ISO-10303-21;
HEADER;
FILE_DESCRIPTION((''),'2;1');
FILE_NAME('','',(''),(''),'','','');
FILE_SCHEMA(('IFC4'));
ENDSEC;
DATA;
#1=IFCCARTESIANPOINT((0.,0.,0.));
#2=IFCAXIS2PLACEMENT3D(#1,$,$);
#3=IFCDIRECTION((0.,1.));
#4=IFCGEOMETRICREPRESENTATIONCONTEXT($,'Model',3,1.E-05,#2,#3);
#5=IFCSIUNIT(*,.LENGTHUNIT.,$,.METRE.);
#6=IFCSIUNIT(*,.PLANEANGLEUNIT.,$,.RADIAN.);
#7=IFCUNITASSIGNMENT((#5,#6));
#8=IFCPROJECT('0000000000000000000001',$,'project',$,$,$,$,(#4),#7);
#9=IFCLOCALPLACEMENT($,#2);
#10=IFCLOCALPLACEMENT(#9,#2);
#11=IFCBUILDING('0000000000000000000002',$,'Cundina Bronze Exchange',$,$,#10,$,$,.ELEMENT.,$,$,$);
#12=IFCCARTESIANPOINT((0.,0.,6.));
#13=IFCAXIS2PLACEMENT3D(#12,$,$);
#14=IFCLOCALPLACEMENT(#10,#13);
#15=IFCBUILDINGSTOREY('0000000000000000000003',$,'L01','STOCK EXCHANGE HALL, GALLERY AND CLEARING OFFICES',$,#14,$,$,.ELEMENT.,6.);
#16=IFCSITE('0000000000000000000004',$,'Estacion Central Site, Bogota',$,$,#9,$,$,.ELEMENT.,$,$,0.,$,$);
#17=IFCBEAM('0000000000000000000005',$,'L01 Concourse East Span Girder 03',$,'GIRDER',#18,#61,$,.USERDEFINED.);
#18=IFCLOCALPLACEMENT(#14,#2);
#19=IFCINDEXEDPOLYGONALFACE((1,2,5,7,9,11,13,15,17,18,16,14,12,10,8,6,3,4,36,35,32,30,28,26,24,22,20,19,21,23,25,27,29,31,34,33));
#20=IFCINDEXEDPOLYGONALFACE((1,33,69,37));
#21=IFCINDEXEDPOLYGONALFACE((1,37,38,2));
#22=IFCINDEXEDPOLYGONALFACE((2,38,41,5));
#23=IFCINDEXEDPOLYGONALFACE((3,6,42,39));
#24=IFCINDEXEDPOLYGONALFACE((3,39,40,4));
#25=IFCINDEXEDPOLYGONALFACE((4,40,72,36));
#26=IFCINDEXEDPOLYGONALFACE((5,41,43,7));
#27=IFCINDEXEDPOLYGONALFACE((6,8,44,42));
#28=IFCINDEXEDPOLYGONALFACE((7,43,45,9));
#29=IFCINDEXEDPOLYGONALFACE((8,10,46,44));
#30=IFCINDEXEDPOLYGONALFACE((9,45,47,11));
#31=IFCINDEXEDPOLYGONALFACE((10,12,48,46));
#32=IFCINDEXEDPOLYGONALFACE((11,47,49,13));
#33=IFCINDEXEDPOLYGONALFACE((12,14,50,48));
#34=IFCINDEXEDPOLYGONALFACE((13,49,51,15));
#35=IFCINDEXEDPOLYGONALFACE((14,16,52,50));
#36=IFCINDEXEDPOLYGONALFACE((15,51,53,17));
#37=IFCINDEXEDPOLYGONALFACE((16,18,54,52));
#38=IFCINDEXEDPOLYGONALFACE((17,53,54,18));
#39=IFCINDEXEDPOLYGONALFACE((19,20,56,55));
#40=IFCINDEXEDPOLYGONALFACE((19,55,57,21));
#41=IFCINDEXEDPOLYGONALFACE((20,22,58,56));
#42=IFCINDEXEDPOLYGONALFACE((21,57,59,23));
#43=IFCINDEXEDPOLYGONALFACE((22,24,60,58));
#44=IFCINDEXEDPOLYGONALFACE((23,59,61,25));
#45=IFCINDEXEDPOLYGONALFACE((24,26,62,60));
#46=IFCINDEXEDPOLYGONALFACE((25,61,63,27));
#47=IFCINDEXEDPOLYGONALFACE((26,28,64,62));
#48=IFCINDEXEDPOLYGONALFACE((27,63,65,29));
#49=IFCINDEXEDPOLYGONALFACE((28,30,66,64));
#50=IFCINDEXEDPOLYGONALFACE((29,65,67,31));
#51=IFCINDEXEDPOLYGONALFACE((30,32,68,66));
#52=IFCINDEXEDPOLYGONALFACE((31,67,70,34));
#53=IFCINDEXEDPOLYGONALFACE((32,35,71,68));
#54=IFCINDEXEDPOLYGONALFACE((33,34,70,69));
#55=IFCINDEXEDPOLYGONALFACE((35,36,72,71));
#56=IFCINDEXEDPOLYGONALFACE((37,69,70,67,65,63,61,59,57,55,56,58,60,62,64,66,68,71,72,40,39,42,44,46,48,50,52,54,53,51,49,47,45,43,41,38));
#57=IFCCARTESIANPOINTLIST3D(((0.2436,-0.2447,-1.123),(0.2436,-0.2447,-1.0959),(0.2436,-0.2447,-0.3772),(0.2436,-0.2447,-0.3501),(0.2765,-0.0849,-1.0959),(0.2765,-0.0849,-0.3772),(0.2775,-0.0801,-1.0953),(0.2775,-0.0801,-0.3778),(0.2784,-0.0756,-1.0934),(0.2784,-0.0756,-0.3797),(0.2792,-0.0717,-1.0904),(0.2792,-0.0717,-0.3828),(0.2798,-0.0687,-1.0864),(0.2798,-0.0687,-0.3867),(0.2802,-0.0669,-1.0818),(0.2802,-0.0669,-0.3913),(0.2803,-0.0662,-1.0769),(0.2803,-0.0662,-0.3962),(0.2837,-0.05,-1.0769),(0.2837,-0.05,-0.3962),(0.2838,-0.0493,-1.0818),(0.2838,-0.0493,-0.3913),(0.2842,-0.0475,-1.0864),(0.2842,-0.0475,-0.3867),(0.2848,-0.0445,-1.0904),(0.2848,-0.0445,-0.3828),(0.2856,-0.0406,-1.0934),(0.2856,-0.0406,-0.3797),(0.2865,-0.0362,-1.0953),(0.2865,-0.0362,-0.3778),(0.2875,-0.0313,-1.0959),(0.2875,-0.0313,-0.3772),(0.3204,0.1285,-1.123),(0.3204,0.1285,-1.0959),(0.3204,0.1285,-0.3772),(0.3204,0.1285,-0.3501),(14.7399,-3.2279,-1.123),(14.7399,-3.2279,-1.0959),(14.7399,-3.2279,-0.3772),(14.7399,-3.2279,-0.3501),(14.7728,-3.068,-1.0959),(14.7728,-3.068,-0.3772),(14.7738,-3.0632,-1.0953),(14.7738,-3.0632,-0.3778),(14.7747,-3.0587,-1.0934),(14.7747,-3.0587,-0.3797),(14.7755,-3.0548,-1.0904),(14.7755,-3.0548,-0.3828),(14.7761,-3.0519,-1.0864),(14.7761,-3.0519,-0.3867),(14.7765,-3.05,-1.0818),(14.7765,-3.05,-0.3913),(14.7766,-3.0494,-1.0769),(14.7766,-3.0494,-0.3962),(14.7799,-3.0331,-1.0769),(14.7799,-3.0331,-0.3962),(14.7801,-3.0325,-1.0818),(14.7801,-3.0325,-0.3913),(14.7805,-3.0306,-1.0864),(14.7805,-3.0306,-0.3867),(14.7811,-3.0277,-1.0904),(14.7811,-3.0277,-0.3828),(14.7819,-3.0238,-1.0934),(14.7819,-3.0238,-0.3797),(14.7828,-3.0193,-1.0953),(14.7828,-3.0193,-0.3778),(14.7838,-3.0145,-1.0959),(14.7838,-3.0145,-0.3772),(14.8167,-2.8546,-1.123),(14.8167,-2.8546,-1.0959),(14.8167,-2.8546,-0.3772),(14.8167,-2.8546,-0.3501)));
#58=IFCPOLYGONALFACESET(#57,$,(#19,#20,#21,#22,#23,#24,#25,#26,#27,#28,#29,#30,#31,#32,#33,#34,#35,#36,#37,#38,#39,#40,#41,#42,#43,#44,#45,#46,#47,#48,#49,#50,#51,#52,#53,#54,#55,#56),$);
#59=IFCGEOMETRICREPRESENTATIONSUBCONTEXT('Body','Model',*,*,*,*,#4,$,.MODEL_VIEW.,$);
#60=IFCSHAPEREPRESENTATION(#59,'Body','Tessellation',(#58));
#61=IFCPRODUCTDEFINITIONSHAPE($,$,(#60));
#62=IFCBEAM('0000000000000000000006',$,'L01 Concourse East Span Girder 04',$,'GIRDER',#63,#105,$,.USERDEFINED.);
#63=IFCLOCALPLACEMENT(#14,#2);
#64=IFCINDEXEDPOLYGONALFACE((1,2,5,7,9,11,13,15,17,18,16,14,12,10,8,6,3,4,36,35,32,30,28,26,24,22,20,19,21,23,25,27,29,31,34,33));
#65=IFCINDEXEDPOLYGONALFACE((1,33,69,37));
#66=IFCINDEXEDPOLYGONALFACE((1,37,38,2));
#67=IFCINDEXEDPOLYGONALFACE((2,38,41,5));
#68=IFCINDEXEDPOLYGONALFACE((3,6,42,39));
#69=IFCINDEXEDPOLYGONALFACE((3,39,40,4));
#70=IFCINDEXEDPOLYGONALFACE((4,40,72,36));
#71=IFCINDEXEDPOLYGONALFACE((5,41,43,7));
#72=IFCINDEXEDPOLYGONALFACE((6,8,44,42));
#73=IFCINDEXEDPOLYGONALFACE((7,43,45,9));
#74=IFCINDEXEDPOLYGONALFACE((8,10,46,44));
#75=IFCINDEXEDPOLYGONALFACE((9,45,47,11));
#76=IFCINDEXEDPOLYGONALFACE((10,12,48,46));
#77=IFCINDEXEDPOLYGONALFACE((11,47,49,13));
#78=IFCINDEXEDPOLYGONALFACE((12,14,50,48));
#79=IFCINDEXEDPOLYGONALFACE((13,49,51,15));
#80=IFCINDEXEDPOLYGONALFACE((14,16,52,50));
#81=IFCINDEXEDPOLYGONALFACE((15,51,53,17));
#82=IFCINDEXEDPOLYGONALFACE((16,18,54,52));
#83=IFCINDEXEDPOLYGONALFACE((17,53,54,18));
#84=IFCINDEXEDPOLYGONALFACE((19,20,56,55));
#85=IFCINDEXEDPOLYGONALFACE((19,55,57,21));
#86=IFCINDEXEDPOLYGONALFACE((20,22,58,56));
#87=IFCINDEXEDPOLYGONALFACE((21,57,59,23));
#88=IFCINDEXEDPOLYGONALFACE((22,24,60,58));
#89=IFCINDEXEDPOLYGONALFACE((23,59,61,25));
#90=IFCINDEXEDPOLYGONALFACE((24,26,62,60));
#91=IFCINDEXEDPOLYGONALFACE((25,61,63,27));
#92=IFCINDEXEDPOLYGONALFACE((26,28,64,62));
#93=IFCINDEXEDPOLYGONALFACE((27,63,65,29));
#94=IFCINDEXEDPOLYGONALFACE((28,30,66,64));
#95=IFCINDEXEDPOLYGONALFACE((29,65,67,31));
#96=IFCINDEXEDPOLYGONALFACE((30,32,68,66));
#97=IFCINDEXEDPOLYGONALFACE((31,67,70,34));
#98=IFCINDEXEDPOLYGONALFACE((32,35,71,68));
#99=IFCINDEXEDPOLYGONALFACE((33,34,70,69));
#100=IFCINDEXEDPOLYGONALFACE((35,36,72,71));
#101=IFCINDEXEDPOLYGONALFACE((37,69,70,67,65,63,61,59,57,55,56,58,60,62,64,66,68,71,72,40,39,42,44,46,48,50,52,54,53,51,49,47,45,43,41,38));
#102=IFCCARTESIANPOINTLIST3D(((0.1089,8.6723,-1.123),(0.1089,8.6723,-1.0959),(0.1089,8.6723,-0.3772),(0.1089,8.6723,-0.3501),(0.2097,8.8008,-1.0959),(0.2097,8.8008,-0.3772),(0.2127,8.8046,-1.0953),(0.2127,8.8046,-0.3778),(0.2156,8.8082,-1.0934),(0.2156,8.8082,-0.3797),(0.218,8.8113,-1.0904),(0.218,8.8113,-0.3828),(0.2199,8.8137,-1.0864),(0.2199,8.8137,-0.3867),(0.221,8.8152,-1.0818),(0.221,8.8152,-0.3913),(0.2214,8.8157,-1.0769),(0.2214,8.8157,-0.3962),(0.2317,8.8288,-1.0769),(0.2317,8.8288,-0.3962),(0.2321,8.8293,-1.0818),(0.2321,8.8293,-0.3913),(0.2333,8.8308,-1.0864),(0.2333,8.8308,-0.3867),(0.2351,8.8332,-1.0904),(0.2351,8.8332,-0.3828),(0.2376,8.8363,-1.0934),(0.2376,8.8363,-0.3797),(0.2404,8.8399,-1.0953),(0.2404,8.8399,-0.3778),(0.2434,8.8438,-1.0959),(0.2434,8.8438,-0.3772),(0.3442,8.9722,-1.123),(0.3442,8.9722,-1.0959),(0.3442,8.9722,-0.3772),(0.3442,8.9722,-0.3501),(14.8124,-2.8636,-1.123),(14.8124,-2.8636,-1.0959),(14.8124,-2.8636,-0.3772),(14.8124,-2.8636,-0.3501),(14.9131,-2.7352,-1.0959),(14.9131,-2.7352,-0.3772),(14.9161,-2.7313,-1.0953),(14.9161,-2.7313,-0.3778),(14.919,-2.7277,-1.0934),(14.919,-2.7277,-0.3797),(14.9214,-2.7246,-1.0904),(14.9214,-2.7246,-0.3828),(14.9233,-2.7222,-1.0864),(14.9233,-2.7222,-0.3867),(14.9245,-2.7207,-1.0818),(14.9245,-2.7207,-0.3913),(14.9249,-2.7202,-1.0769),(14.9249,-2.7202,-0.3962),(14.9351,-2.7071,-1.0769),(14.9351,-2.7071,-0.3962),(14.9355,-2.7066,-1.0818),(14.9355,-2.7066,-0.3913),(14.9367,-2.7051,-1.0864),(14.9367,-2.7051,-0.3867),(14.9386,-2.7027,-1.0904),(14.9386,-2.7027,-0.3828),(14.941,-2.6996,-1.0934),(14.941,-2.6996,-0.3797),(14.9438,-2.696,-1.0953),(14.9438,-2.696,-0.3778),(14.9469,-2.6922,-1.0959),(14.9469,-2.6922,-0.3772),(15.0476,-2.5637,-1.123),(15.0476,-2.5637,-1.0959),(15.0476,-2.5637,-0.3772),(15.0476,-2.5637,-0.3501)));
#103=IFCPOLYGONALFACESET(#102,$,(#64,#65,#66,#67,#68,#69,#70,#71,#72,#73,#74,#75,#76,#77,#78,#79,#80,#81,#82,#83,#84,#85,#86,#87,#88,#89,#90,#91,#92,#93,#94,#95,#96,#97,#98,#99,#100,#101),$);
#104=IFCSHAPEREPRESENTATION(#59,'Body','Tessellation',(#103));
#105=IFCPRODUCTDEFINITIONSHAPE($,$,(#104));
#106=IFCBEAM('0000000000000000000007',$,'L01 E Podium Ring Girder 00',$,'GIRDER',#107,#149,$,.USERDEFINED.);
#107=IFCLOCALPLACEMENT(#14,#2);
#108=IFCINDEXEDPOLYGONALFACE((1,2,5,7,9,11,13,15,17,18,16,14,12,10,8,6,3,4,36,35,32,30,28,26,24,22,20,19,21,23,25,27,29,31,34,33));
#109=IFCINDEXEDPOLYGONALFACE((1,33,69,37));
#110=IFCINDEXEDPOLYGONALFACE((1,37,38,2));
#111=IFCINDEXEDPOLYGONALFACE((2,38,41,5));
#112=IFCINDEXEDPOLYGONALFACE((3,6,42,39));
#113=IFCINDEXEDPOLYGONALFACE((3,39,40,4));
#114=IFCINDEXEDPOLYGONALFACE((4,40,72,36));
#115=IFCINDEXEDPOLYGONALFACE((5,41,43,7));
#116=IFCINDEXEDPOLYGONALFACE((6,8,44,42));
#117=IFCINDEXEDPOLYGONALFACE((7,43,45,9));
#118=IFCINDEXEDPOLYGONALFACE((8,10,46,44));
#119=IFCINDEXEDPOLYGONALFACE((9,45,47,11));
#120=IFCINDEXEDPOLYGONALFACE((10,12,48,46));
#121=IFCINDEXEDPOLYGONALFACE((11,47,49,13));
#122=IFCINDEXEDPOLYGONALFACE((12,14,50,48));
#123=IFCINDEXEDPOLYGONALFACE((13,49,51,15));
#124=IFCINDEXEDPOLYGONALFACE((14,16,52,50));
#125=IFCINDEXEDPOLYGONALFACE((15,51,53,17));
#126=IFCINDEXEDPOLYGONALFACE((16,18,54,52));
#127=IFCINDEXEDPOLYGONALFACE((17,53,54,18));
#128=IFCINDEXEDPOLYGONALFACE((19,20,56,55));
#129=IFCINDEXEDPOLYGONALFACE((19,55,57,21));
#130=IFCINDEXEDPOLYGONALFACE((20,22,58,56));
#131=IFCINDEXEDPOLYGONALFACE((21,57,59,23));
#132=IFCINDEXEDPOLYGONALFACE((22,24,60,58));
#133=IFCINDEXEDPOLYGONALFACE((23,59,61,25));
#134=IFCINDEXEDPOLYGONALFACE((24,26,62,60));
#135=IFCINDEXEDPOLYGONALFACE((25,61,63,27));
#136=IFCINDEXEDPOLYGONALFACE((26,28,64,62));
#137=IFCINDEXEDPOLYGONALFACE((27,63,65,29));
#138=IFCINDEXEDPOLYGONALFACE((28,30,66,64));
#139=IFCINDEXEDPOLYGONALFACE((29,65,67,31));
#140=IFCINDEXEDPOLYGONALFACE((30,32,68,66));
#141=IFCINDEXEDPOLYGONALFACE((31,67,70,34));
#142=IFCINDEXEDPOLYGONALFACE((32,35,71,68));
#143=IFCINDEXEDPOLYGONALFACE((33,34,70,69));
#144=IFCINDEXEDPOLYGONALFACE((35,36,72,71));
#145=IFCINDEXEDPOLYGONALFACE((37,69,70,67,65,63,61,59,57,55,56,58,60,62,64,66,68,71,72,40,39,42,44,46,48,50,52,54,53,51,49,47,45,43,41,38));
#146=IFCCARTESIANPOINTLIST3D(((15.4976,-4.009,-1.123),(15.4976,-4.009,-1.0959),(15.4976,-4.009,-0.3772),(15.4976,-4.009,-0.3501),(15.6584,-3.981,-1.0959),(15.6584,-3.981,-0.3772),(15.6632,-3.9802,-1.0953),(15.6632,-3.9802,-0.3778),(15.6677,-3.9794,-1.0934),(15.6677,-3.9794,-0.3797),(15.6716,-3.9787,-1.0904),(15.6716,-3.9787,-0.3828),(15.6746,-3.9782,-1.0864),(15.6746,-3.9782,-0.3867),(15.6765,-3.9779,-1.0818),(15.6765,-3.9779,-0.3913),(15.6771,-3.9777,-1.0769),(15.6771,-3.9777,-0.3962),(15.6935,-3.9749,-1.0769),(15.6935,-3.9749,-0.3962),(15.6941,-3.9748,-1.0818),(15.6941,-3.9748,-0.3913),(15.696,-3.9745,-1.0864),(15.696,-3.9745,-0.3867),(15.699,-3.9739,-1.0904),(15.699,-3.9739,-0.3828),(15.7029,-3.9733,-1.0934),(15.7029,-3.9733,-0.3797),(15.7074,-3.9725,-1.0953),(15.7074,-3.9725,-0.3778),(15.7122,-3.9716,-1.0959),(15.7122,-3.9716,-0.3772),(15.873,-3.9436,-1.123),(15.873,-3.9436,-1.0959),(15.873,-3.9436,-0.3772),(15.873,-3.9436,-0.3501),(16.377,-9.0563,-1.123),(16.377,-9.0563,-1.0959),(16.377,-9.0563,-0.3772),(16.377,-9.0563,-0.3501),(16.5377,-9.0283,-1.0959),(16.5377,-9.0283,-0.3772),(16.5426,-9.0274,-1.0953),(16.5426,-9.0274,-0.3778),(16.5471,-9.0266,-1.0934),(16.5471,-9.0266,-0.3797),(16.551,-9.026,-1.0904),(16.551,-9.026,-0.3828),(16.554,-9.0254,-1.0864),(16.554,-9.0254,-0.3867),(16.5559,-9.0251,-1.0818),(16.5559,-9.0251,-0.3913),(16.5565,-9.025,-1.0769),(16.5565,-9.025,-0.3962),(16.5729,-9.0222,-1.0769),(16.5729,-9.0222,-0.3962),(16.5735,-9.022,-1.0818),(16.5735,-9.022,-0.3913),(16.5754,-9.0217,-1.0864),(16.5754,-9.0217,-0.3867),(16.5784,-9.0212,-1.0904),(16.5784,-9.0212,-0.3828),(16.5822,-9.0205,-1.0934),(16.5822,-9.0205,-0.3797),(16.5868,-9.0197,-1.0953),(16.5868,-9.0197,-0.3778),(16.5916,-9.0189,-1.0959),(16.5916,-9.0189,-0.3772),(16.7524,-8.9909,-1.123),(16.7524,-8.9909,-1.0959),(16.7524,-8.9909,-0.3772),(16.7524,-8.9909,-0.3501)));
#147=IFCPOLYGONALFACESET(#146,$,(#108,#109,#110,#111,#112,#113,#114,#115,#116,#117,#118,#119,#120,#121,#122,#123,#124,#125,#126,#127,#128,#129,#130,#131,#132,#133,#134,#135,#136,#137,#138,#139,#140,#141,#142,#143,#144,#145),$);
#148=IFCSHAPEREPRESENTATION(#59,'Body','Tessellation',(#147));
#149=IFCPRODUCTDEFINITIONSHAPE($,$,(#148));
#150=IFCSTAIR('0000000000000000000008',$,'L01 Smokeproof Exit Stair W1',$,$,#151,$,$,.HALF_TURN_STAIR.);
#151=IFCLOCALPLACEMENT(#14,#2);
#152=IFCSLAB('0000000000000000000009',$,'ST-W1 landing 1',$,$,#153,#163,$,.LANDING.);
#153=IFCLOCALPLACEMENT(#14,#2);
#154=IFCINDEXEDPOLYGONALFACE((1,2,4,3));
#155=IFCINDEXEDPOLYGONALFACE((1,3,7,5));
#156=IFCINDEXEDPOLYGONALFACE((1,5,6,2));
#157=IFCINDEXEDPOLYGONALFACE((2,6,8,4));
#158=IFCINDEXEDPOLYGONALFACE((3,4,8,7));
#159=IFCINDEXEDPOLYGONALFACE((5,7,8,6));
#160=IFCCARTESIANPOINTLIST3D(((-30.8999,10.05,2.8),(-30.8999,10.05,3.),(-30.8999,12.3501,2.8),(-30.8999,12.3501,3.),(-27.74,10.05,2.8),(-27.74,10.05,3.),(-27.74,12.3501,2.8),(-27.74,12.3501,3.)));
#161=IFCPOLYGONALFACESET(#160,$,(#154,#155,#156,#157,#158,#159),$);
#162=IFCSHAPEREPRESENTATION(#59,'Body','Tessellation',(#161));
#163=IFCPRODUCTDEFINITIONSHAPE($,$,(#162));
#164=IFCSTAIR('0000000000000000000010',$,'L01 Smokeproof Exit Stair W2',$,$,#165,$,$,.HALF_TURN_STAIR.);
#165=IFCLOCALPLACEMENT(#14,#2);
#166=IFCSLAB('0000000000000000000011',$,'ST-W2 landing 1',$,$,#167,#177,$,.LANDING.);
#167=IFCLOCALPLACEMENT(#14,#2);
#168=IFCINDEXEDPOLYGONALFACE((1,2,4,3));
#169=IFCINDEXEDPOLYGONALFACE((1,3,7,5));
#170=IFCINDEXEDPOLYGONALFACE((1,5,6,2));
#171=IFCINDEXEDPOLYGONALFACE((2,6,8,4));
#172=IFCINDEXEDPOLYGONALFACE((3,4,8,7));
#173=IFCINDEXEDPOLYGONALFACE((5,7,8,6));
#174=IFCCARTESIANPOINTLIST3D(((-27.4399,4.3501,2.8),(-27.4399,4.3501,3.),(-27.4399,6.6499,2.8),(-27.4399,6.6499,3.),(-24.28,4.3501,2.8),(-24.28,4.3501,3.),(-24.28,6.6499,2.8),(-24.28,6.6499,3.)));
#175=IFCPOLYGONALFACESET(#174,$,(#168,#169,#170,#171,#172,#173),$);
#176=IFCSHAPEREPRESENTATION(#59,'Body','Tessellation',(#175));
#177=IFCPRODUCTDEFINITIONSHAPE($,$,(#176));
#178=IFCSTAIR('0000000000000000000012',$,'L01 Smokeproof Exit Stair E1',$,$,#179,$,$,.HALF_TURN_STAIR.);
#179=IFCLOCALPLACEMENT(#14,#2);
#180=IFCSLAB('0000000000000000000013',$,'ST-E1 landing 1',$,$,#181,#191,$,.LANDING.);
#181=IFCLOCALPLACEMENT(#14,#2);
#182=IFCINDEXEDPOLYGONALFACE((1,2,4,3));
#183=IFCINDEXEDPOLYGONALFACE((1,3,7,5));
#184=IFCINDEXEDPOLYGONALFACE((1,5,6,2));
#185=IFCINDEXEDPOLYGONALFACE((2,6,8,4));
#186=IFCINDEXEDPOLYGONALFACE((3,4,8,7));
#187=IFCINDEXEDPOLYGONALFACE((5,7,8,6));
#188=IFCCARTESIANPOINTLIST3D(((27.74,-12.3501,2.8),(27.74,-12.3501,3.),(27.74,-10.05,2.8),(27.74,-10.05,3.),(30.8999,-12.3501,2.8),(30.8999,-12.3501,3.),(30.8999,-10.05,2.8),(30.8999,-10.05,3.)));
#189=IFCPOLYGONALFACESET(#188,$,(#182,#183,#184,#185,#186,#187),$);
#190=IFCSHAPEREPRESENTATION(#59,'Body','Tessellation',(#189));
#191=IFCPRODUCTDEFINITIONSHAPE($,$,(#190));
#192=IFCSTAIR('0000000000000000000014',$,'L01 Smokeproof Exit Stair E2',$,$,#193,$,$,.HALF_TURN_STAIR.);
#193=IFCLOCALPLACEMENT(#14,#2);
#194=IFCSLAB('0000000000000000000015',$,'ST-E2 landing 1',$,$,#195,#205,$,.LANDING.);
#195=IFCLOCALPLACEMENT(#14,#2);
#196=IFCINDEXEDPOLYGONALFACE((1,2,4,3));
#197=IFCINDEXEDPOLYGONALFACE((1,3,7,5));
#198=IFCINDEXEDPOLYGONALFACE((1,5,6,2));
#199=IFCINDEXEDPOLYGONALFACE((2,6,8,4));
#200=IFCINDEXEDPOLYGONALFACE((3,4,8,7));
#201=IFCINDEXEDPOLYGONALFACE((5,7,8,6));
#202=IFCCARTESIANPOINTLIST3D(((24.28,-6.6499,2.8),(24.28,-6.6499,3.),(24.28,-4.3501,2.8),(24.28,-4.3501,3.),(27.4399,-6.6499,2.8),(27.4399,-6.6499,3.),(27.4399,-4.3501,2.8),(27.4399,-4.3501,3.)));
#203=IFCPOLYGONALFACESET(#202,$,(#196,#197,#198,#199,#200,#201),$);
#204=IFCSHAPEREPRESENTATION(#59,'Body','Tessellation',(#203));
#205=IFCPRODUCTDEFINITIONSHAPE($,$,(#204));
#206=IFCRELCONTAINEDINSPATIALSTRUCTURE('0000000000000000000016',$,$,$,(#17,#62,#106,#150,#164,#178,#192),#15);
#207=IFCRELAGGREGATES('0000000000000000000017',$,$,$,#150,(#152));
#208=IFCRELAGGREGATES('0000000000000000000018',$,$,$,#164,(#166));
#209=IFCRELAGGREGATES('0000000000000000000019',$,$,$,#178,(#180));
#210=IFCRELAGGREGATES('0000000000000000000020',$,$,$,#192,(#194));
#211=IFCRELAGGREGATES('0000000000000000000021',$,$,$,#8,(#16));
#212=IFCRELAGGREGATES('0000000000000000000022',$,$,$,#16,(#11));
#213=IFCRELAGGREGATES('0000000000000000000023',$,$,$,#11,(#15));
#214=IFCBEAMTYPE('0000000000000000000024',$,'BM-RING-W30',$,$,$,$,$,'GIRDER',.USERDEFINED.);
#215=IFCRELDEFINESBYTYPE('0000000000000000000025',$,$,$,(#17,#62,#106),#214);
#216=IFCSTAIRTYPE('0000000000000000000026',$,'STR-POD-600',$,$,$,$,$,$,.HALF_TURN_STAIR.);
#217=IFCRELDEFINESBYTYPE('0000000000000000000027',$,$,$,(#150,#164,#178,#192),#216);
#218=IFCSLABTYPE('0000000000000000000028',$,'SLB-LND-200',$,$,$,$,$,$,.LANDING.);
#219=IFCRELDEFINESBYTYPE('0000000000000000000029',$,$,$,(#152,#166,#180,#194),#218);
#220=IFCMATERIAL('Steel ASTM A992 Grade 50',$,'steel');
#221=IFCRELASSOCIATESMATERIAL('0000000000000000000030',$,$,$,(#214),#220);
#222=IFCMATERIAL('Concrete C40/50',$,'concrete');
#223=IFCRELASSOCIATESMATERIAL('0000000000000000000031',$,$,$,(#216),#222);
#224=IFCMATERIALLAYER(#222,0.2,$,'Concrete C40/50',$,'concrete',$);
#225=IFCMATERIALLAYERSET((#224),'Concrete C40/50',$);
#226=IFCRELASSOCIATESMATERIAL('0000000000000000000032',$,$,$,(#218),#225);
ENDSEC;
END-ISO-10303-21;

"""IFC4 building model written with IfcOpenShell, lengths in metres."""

from ifc_helpers import new_model, si_unit, direction, frame, origin, origin_2d, place, context, subcontext, project, spatial, polyline, i_section, outline, extrude, material, layer, layer_set, material_profile, profile_set, type_object, element, aggregate, save


model = new_model("IFC4")

# Units and contexts
model_context = context("Model", 3, precision=1e-05, world=origin(), true_north=direction((0.0, 1.0)))
body_context = subcontext(model_context, "Body", "Model", "MODEL_VIEW")
ifc_project = project(units=[si_unit("LENGTHUNIT", "METRE"), si_unit("PLANEANGLEUNIT", "RADIAN")], contexts=[model_context])

# Site, building, storey
site_placement = place(None, origin())
site = spatial("IfcSite", under=ifc_project, at=site_placement, Name="Estacion Central Site, Bogota", CompositionType="ELEMENT", RefElevation=0.0)
building_placement = place(site_placement, origin())
building = spatial("IfcBuilding", under=site, at=building_placement, Name="Cundina Bronze Exchange", CompositionType="ELEMENT")
storey_placement = place(building_placement, frame((0.0, 0.0, 6.0)))
storey = spatial("IfcBuildingStorey", under=building, at=storey_placement, Name="L01", Description="STOCK EXCHANGE HALL, GALLERY AND CLEARING OFFICES", CompositionType="ELEMENT", Elevation=6.0)

# Shared definitions
ifc_material_1 = material(Name="Steel ASTM A992 Grade 50", Category="steel")

# Beams
ifc_material_profile_1 = material_profile(ifc_material_1, i_section(OverallWidth=0.3811, OverallDepth=0.7729, WebThickness=0.0166, FlangeThickness=0.0271, FilletRadius=0.019, at=origin_2d()), Name="W30X173", Category="steel")
ifc_profile_set_1 = profile_set([ifc_material_profile_1], Name="Steel ASTM A992 Grade 50")
beam_type_1 = type_object("IfcBeamType", Name="BM-RING-W30", ElementType="GIRDER", PredefinedType="USERDEFINED", material=ifc_profile_set_1)
beam_1_placement = place(storey_placement, frame((0.282, -0.0581, -0.7366), z_axis=(0.979476, -0.201563, 0.0), x_axis=(0.201563, 0.979476, 0.0)))
element("IfcBeam", 1, at=beam_1_placement, inside=storey, type_object=beam_type_1, Name="L01 Concourse East Span Girder 03", ObjectType="GIRDER", PredefinedType="USERDEFINED", context=body_context, shape_type="SweptSolid", body=[
    extrude(i_section(OverallWidth=0.3811, OverallDepth=0.7729, WebThickness=0.0166, FlangeThickness=0.0271, FilletRadius=0.019, at=origin_2d()), origin(), (0.0, 0.0, 1.0), 14.8),
])
beam_2_placement = place(storey_placement, frame((0.2266, 8.8223, -0.7366), z_axis=(0.786754, -0.617267, 0.0), x_axis=(0.617267, 0.786754, 0.0)))
element("IfcBeam", 2, at=beam_2_placement, inside=storey, type_object=beam_type_1, Name="L01 Concourse East Span Girder 04", ObjectType="GIRDER", PredefinedType="USERDEFINED", context=body_context, shape_type="SweptSolid", body=[
    extrude(i_section(OverallWidth=0.3811, OverallDepth=0.7729, WebThickness=0.0166, FlangeThickness=0.0271, FilletRadius=0.019, at=origin_2d()), origin(), (0.0, 0.0, 1.0), 18.6887),
])
beam_3_placement = place(storey_placement, frame((15.6853, -3.9763, -0.7366), z_axis=(0.171643, -0.985159, 0.0), x_axis=(0.985159, 0.171643, 0.0)))
element("IfcBeam", 3, at=beam_3_placement, inside=storey, type_object=beam_type_1, Name="L01 E Podium Ring Girder 00", ObjectType="GIRDER", PredefinedType="USERDEFINED", context=body_context, shape_type="SweptSolid", body=[
    extrude(i_section(OverallWidth=0.3811, OverallDepth=0.7729, WebThickness=0.0166, FlangeThickness=0.0271, FilletRadius=0.019, at=origin_2d()), origin(), (0.0, 0.0, 1.0), 5.1233),
])

# Stairs, slabs
ifc_material_2 = material(Name="Concrete C40/50", Category="concrete")
stair_type_1 = type_object("IfcStairType", Name="STR-POD-600", PredefinedType="HALF_TURN_STAIR", material=ifc_material_2)
stair_1_placement = place(storey_placement, origin())
stair_1 = element("IfcStair", 4, at=stair_1_placement, inside=storey, type_object=stair_type_1, Name="L01 Smokeproof Exit Stair W1", PredefinedType="HALF_TURN_STAIR")
ifc_layer_1 = layer(ifc_material_2, 0.2, Name="Concrete C40/50", Category="concrete")
ifc_layer_set_1 = layer_set([ifc_layer_1], Name="Concrete C40/50")
slab_type = type_object("IfcSlabType", Name="SLB-LND-200", PredefinedType="LANDING", material=ifc_layer_set_1)
slab_1_placement = place(storey_placement, frame((0.0, 0.0, 2.8)))
slab_1 = element("IfcSlab", 5, at=slab_1_placement, type_object=slab_type, Name="ST-W1 landing 1", PredefinedType="LANDING", context=body_context, shape_type="SweptSolid", body=[
    extrude(outline(polyline([(-27.74, 10.05), (-27.74, 12.3501), (-30.8999, 12.3501), (-30.8999, 10.05), (-27.74, 10.05)])), origin(), (0.0, 0.0, 1.0), 0.2),
])
aggregate(stair_1, [slab_1])
stair_2_placement = place(storey_placement, origin())
stair_2 = element("IfcStair", 6, at=stair_2_placement, inside=storey, type_object=stair_type_1, Name="L01 Smokeproof Exit Stair W2", PredefinedType="HALF_TURN_STAIR")
slab_2_placement = place(storey_placement, frame((0.0, 0.0, 2.8)))
slab_2 = element("IfcSlab", 7, at=slab_2_placement, type_object=slab_type, Name="ST-W2 landing 1", PredefinedType="LANDING", context=body_context, shape_type="SweptSolid", body=[
    extrude(outline(polyline([(-27.4399, 6.6499), (-27.4399, 4.3501), (-24.28, 4.3501), (-24.28, 6.6499), (-27.4399, 6.6499)])), origin(), (0.0, 0.0, 1.0), 0.2),
])
aggregate(stair_2, [slab_2])
stair_3_placement = place(storey_placement, origin())
stair_3 = element("IfcStair", 8, at=stair_3_placement, inside=storey, type_object=stair_type_1, Name="L01 Smokeproof Exit Stair E1", PredefinedType="HALF_TURN_STAIR")
slab_3_placement = place(storey_placement, frame((0.0, 0.0, 2.8)))
slab_3 = element("IfcSlab", 9, at=slab_3_placement, type_object=slab_type, Name="ST-E1 landing 1", PredefinedType="LANDING", context=body_context, shape_type="SweptSolid", body=[
    extrude(outline(polyline([(27.74, -10.05), (27.74, -12.3501), (30.8999, -12.3501), (30.8999, -10.05), (27.74, -10.05)])), origin(), (0.0, 0.0, 1.0), 0.2),
])
aggregate(stair_3, [slab_3])
stair_4_placement = place(storey_placement, origin())
stair_4 = element("IfcStair", 10, at=stair_4_placement, inside=storey, type_object=stair_type_1, Name="L01 Smokeproof Exit Stair E2", PredefinedType="HALF_TURN_STAIR")
slab_4_placement = place(storey_placement, frame((0.0, 0.0, 2.8)))
slab_4 = element("IfcSlab", 11, at=slab_4_placement, type_object=slab_type, Name="ST-E2 landing 1", PredefinedType="LANDING", context=body_context, shape_type="SweptSolid", body=[
    extrude(outline(polyline([(27.4399, -6.6499), (27.4399, -4.3501), (24.28, -4.3501), (24.28, -6.6499), (27.4399, -6.6499)])), origin(), (0.0, 0.0, 1.0), 0.2),
])
aggregate(stair_4, [slab_4])

save(model, "model.ifc")
